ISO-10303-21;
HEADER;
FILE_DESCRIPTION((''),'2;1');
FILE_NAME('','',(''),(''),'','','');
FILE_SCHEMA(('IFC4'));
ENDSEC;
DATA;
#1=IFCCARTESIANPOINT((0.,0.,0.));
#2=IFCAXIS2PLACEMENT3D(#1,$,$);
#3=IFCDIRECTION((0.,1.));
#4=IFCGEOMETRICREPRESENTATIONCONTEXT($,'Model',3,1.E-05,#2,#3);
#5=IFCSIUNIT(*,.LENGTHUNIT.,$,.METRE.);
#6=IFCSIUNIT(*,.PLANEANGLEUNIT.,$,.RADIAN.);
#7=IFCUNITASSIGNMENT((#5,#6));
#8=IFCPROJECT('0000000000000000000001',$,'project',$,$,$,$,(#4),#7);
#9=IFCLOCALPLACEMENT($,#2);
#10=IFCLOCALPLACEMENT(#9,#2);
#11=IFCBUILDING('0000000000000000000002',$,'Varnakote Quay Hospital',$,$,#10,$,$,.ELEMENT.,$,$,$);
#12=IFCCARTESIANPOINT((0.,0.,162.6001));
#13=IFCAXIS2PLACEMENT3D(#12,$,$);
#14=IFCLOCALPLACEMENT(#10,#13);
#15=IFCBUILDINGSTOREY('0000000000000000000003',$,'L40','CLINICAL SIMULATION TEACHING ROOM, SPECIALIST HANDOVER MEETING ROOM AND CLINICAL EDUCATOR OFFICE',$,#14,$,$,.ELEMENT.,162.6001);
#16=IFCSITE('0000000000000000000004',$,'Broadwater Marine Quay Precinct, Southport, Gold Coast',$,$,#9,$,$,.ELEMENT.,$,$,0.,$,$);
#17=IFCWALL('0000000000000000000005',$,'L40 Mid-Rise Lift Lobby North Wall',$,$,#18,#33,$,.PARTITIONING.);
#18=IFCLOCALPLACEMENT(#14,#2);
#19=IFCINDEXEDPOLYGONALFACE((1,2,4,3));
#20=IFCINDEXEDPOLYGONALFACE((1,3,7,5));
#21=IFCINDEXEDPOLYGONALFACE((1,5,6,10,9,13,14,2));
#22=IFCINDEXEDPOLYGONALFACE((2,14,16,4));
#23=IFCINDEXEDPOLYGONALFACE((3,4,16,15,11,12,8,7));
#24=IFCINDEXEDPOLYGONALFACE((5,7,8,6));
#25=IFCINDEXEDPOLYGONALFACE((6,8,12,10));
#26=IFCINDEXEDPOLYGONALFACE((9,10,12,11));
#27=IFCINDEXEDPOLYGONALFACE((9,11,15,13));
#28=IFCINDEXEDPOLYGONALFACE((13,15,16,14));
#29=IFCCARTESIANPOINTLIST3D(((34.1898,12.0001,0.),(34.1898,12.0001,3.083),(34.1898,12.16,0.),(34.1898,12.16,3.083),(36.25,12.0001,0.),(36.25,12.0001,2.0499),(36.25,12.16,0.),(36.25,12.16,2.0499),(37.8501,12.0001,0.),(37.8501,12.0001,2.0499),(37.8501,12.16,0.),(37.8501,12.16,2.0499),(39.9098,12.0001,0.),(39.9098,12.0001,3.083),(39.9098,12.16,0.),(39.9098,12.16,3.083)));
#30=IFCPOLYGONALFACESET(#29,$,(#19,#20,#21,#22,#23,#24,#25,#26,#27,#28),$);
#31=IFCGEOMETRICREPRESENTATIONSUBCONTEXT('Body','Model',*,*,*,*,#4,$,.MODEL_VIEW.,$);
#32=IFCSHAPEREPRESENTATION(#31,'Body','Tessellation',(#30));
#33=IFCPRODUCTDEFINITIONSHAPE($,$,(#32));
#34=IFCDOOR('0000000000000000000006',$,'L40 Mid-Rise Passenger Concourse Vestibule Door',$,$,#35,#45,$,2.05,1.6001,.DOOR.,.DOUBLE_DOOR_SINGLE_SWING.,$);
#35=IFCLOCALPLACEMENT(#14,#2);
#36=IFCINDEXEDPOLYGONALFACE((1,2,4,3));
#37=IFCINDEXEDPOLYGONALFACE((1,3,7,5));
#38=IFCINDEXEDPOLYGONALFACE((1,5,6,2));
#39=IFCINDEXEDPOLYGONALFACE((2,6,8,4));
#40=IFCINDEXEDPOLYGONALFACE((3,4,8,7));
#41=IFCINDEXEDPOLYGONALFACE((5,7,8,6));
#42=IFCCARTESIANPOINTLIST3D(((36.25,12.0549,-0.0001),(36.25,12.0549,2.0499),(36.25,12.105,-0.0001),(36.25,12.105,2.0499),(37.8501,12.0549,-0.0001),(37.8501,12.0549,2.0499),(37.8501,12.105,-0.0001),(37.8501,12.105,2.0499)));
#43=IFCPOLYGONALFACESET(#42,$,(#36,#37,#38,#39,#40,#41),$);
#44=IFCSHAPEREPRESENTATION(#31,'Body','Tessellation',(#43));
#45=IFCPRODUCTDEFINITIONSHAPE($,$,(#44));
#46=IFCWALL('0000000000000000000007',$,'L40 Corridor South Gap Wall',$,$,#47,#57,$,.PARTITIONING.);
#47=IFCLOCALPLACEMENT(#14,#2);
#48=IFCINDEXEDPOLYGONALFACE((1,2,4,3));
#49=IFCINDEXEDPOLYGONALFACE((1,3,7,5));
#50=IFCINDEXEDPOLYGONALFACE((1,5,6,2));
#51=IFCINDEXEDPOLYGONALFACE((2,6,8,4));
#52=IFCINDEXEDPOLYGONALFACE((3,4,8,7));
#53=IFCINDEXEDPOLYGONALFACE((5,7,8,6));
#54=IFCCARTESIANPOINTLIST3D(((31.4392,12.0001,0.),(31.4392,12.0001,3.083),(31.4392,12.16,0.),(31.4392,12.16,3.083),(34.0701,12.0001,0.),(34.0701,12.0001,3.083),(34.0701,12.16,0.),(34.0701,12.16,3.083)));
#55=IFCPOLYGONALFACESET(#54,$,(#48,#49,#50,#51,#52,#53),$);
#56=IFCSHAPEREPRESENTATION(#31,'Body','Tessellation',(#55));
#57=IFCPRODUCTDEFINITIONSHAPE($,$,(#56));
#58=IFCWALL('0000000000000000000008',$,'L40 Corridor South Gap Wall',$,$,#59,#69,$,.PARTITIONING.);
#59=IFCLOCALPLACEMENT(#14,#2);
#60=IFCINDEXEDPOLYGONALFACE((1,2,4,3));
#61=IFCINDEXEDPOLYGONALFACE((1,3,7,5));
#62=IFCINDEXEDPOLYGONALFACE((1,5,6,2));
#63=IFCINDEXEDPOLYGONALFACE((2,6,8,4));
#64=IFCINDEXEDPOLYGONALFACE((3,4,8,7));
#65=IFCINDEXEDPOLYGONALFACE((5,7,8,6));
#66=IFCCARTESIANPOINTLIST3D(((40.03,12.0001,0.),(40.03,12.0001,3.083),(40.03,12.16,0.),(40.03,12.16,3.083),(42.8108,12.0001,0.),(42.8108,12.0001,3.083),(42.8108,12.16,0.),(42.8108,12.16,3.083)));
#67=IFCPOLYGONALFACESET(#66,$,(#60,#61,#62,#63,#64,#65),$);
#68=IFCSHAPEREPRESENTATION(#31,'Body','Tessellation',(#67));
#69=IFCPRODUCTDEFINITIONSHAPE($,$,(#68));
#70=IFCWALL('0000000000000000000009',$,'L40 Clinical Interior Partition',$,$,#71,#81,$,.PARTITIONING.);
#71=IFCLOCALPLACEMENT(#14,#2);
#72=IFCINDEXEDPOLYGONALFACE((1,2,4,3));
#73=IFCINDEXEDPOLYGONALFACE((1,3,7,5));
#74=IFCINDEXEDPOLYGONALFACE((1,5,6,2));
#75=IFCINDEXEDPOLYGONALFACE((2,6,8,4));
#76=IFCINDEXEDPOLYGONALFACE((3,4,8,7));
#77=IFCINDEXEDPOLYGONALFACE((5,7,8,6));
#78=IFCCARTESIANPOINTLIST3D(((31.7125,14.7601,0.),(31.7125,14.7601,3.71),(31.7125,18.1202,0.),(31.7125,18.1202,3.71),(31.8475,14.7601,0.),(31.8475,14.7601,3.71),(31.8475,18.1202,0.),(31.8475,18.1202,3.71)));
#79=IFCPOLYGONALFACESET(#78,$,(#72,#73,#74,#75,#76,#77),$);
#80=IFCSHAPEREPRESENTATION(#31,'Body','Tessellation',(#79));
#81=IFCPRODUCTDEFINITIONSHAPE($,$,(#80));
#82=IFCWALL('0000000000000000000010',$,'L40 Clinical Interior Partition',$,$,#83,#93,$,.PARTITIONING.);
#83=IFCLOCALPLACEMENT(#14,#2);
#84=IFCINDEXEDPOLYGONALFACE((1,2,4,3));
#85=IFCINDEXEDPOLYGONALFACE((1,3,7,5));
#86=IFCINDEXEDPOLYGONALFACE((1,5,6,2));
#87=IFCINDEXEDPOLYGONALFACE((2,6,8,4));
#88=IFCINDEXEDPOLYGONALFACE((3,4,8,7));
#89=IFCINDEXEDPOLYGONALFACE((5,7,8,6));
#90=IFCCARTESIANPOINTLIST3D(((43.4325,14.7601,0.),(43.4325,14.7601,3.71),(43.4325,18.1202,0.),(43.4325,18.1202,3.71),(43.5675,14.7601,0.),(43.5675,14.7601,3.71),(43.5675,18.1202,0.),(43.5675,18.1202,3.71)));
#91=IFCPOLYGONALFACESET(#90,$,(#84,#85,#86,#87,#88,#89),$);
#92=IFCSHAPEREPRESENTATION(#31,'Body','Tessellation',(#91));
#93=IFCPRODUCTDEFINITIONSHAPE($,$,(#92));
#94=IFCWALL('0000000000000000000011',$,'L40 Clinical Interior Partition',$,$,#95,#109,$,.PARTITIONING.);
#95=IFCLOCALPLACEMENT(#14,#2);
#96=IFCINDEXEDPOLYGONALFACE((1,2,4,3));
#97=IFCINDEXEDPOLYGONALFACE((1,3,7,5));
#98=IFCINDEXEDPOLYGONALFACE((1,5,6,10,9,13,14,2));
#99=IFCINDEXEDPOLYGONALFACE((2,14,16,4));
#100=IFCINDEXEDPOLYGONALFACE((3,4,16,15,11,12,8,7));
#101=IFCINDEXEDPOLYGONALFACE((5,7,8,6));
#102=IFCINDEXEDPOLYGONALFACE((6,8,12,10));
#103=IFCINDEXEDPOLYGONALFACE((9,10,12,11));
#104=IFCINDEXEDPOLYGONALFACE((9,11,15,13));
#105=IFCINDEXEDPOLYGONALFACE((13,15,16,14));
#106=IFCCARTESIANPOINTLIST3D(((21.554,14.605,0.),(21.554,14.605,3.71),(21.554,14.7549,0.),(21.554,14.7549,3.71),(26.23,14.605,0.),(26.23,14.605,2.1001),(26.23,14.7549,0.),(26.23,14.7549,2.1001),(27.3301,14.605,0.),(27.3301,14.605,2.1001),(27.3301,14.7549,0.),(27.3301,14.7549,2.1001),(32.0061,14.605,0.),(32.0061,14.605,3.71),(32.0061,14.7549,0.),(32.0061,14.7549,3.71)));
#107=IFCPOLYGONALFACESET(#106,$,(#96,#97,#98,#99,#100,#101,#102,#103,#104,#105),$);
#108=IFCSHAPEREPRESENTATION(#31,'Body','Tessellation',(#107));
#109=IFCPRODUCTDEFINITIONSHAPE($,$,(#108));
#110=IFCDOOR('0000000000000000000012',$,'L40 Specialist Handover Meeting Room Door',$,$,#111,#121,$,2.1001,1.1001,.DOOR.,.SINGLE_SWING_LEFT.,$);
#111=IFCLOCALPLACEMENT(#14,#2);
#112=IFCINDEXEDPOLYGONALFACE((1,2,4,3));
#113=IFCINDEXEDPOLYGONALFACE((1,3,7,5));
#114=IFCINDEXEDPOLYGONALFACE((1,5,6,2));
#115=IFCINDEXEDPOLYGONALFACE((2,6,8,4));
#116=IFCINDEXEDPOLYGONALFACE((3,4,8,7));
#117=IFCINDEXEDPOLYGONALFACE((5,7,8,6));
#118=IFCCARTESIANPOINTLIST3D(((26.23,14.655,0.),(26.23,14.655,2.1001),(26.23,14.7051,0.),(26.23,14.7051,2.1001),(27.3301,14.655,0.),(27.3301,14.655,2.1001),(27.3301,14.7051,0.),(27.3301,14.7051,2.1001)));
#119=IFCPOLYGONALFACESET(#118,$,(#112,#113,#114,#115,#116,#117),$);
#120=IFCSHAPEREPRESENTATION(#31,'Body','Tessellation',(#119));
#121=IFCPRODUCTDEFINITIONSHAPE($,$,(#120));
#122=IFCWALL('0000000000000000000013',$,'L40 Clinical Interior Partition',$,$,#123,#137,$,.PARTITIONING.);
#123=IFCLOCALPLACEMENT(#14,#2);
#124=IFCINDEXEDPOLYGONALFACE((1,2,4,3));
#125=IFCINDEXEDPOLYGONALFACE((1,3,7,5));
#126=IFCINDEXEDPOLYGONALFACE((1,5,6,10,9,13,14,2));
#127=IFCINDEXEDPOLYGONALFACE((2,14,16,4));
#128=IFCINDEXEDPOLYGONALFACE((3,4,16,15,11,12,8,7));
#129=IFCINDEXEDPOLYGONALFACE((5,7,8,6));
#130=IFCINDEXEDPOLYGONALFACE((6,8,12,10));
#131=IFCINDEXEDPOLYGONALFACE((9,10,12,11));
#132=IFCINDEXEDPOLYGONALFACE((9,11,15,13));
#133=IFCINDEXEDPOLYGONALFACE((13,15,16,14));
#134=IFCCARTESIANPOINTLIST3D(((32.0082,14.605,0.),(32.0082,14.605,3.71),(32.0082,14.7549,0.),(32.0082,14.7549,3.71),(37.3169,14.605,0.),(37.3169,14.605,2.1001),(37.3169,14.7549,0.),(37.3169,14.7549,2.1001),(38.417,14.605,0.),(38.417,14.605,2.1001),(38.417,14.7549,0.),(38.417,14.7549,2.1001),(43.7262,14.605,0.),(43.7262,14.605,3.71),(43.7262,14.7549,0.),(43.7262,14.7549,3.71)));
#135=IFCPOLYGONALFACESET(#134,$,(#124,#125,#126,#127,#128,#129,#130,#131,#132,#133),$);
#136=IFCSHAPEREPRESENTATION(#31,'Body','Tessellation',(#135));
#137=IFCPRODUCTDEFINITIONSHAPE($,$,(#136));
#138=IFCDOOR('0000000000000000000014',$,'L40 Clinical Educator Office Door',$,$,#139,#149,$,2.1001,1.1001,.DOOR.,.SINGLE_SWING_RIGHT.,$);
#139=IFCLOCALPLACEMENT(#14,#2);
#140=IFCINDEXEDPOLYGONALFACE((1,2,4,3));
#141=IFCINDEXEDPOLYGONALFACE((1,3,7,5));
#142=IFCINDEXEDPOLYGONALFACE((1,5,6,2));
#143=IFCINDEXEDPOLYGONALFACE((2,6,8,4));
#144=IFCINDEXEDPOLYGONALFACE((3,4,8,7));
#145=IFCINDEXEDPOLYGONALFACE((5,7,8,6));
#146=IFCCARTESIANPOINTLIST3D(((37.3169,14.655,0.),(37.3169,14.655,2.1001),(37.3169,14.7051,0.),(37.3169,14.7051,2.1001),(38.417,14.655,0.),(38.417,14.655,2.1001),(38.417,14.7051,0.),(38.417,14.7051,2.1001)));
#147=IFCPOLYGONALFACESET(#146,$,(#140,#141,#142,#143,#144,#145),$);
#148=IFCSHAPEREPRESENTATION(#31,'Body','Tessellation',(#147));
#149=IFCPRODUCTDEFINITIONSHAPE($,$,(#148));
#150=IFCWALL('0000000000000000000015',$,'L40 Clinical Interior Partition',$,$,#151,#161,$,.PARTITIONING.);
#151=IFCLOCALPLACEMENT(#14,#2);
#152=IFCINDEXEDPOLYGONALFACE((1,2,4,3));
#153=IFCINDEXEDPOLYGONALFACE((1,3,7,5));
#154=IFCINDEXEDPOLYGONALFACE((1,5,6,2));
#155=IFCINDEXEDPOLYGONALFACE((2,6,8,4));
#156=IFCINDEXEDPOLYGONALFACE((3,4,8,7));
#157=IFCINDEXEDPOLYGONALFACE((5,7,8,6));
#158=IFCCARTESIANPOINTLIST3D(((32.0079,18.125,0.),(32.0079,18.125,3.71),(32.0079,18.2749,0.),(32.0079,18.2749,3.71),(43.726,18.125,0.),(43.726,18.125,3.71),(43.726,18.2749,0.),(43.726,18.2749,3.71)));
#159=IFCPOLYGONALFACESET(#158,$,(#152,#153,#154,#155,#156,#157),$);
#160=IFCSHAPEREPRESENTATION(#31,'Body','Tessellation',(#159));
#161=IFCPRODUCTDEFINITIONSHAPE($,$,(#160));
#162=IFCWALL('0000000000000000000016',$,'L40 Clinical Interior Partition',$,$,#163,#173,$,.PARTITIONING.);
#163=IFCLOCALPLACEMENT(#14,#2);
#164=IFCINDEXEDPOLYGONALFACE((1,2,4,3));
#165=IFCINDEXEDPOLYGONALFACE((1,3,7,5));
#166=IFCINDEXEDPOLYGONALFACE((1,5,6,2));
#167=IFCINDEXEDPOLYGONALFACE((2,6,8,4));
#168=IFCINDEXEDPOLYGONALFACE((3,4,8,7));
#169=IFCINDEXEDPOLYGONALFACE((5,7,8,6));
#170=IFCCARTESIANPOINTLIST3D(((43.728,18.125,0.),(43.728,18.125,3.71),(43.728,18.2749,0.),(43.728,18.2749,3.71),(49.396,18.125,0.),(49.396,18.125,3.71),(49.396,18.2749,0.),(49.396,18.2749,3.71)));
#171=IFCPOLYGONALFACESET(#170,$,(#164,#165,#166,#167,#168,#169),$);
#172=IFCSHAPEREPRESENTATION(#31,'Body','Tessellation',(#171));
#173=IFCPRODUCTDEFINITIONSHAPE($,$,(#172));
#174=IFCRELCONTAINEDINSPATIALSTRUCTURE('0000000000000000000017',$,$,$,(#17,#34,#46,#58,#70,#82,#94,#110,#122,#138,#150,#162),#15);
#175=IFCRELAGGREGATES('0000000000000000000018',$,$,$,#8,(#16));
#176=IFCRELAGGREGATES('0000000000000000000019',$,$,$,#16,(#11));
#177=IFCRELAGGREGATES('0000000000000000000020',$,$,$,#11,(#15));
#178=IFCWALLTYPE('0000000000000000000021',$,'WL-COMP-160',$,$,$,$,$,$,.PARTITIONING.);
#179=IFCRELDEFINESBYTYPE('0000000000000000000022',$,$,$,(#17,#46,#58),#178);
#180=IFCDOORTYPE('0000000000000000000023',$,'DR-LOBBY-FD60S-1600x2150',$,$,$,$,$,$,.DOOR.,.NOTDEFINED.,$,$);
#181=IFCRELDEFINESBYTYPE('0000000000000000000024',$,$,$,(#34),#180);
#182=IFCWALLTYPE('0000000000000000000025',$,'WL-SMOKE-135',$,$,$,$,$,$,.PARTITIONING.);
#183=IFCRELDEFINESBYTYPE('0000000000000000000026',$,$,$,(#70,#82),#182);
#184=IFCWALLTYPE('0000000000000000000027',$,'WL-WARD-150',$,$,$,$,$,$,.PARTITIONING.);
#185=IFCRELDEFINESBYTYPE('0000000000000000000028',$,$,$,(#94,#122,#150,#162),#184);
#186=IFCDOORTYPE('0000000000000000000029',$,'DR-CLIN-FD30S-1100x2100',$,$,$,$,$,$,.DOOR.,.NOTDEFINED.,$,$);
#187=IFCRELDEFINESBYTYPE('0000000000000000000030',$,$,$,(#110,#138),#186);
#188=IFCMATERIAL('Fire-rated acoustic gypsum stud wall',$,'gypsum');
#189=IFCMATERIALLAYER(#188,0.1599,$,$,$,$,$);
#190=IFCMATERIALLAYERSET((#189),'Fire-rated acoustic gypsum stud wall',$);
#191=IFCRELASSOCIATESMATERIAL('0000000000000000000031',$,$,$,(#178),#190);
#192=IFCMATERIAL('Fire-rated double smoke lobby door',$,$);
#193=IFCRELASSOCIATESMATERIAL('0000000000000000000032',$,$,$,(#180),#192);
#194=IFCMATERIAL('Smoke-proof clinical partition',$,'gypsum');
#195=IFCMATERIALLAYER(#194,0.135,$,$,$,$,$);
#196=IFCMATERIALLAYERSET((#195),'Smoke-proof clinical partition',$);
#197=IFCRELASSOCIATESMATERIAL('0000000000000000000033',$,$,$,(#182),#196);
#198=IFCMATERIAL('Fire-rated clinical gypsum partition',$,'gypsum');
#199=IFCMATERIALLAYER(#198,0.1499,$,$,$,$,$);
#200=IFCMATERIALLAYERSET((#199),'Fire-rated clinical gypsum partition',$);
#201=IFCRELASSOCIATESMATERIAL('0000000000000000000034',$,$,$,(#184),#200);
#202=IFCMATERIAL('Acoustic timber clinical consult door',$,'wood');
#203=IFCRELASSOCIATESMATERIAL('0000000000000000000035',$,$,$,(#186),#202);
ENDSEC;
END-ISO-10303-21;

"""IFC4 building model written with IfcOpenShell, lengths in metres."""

from ifc_helpers import new_model, si_unit, direction, frame, frame_2d, origin, place, context, subcontext, project, spatial, rectangle, extrude, material, layer, layer_set, type_object, element, fill, save


model = new_model("IFC4")

# Units and contexts
model_context = context("Model", 3, precision=1e-05, world=origin(), true_north=direction((0.0, 1.0)))
body_context = subcontext(model_context, "Body", "Model", "MODEL_VIEW")
ifc_project = project(units=[si_unit("LENGTHUNIT", "METRE"), si_unit("PLANEANGLEUNIT", "RADIAN")], contexts=[model_context])

# Site, building, storey
site_placement = place(None, origin())
site = spatial("IfcSite", under=ifc_project, at=site_placement, Name="Broadwater Marine Quay Precinct, Southport, Gold Coast", CompositionType="ELEMENT", RefElevation=0.0)
building_placement = place(site_placement, origin())
building = spatial("IfcBuilding", under=site, at=building_placement, Name="Varnakote Quay Hospital", CompositionType="ELEMENT")
storey_placement = place(building_placement, frame((0.0, 0.0, 162.6001)))
storey = spatial("IfcBuildingStorey", under=building, at=storey_placement, Name="L40", Description="CLINICAL SIMULATION TEACHING ROOM, SPECIALIST HANDOVER MEETING ROOM AND CLINICAL EDUCATOR OFFICE", CompositionType="ELEMENT", Elevation=162.6001)

# Wall, opening, door
ifc_material_1 = material(Name="Fire-rated acoustic gypsum stud wall", Category="gypsum")
ifc_layer_1 = layer(ifc_material_1, 0.1599)
ifc_layer_set_1 = layer_set([ifc_layer_1], Name="Fire-rated acoustic gypsum stud wall")
wall_type_1 = type_object("IfcWallType", Name="WL-COMP-160", PredefinedType="PARTITIONING", material=ifc_layer_set_1)
wall_1_placement = place(storey_placement, frame((34.1899, 12.0801, 0.0), z_axis=(0.0, 0.0, 1.0), x_axis=(1.0, 0.0, 0.0)))
wall_1 = element("IfcWall", 1, at=wall_1_placement, inside=storey, type_object=wall_type_1, Name="L40 Mid-Rise Lift Lobby North Wall", PredefinedType="PARTITIONING", context=body_context, shape_type="SweptSolid", body=[
    extrude(rectangle(XDim=5.72, YDim=0.1599, at=frame_2d((2.8599, 0.0))), origin(), (0.0, 0.0, 1.0), 3.083),
])
opening_1_placement = place(wall_1_placement, frame((2.0601, 0.0, 0.0)))
opening_1 = element("IfcOpeningElement", 2, at=opening_1_placement, cuts=wall_1, PredefinedType="OPENING", context=body_context, shape_type="SweptSolid", body=[
    extrude(rectangle(XDim=1.6001, YDim=2.05, at=frame_2d((0.8, 1.0249))), frame((0.0, 0.0898, 0.0), z_axis=(0.0, -1.0, 0.0), x_axis=(1.0, 0.0, 0.0)), (0.0, 0.0, 1.0), 0.1799),
])
ifc_material_2 = material(Name="Fire-rated double smoke lobby door")
door_type_1 = type_object("IfcDoorType", Name="DR-LOBBY-FD60S-1600x2150", OperationType="NOTDEFINED", PredefinedType="DOOR", material=ifc_material_2)
door_1_placement = place(opening_1_placement, origin())
door_1 = element("IfcDoor", 3, at=door_1_placement, inside=storey, type_object=door_type_1, Name="L40 Mid-Rise Passenger Concourse Vestibule Door", OperationType="DOUBLE_DOOR_SINGLE_SWING", OverallHeight=2.05, OverallWidth=1.6001, PredefinedType="DOOR", context=body_context, shape_type="SweptSolid", body=[
    extrude(rectangle(XDim=1.6001, YDim=2.05, at=frame_2d((0.8, 1.0249))), frame((0.0, 0.0249, 0.0), z_axis=(0.0, -1.0, 0.0), x_axis=(1.0, 0.0, 0.0)), (0.0, 0.0, 1.0), 0.05),
])
fill(opening_1, door_1)

# Walls
wall_2_placement = place(storey_placement, frame((31.4392, 12.0801, 0.0), z_axis=(0.0, 0.0, 1.0), x_axis=(1.0, 0.0, 0.0)))
element("IfcWall", 4, at=wall_2_placement, inside=storey, type_object=wall_type_1, Name="L40 Corridor South Gap Wall", PredefinedType="PARTITIONING", context=body_context, shape_type="SweptSolid", body=[
    extrude(rectangle(XDim=2.6309, YDim=0.1599, at=frame_2d((1.3154, 0.0))), origin(), (0.0, 0.0, 1.0), 3.083),
])
wall_3_placement = place(storey_placement, frame((40.03, 12.0801, 0.0), z_axis=(0.0, 0.0, 1.0), x_axis=(1.0, 0.0, 0.0)))
element("IfcWall", 5, at=wall_3_placement, inside=storey, type_object=wall_type_1, Name="L40 Corridor South Gap Wall", PredefinedType="PARTITIONING", context=body_context, shape_type="SweptSolid", body=[
    extrude(rectangle(XDim=2.7808, YDim=0.1599, at=frame_2d((1.3904, 0.0))), origin(), (0.0, 0.0, 1.0), 3.083),
])

# Walls
ifc_material_3 = material(Name="Smoke-proof clinical partition", Category="gypsum")
ifc_layer_2 = layer(ifc_material_3, 0.135)
ifc_layer_set_2 = layer_set([ifc_layer_2], Name="Smoke-proof clinical partition")
wall_type_2 = type_object("IfcWallType", Name="WL-SMOKE-135", PredefinedType="PARTITIONING", material=ifc_layer_set_2)
for number, where, z_axis, x_axis, name in (
    (6, (31.78, 14.76, 0.0), (0.0, 0.0, 1.0), (0.0, 1.0, 0.0), "L40 Clinical Interior Partition"),
    (7, (43.5, 14.76, 0.0), (0.0, 0.0, 1.0), (0.0, 1.0, 0.0), "L40 Clinical Interior Partition"),
):
    element("IfcWall", number, at=place(storey_placement, frame(where, z_axis=z_axis, x_axis=x_axis)), inside=storey, type_object=wall_type_2, Name=name, PredefinedType="PARTITIONING", context=body_context, shape_type="SweptSolid", body=[
        extrude(rectangle(XDim=3.3601, YDim=0.135, at=frame_2d((1.6802, 0.0))), origin(), (0.0, 0.0, 1.0), 3.71),
    ])

# Walls, openings, doors
ifc_material_4 = material(Name="Fire-rated clinical gypsum partition", Category="gypsum")
ifc_layer_3 = layer(ifc_material_4, 0.1499)
ifc_layer_set_3 = layer_set([ifc_layer_3], Name="Fire-rated clinical gypsum partition")
wall_type_3 = type_object("IfcWallType", Name="WL-WARD-150", PredefinedType="PARTITIONING", material=ifc_layer_set_3)
wall_4_placement = place(storey_placement, frame((32.0061, 14.6799, 0.0), z_axis=(0.0, 0.0, 1.0), x_axis=(-1.0, 0.0, 0.0)))
wall_4 = element("IfcWall", 8, at=wall_4_placement, inside=storey, type_object=wall_type_3, Name="L40 Clinical Interior Partition", PredefinedType="PARTITIONING", context=body_context, shape_type="SweptSolid", body=[
    extrude(rectangle(XDim=10.4521, YDim=0.1499, at=frame_2d((5.2261, 0.0))), origin(), (0.0, 0.0, 1.0), 3.71),
])
opening_2_placement = place(wall_4_placement, frame((4.676, 0.0, 0.0)))
opening_2 = element("IfcOpeningElement", 9, at=opening_2_placement, cuts=wall_4, PredefinedType="OPENING", context=body_context, shape_type="SweptSolid", body=[
    extrude(rectangle(XDim=1.1001, YDim=2.1001, at=frame_2d((0.55, 1.05))), frame((0.0, 0.085, 0.0), z_axis=(0.0, -1.0, 0.0), x_axis=(1.0, 0.0, 0.0)), (0.0, 0.0, 1.0), 0.1699),
])
ifc_material_5 = material(Name="Acoustic timber clinical consult door", Category="wood")
door_type_2 = type_object("IfcDoorType", Name="DR-CLIN-FD30S-1100x2100", OperationType="NOTDEFINED", PredefinedType="DOOR", material=ifc_material_5)
door_2_placement = place(opening_2_placement, origin())
door_2 = element("IfcDoor", 10, at=door_2_placement, inside=storey, type_object=door_type_2, Name="L40 Specialist Handover Meeting Room Door", OperationType="SINGLE_SWING_LEFT", OverallHeight=2.1001, OverallWidth=1.1001, PredefinedType="DOOR", context=body_context, shape_type="SweptSolid", body=[
    extrude(rectangle(XDim=1.1001, YDim=2.1001, at=frame_2d((0.55, 1.05))), frame((0.0, 0.0249, 0.0), z_axis=(0.0, -1.0, 0.0), x_axis=(1.0, 0.0, 0.0)), (0.0, 0.0, 1.0), 0.05),
])
fill(opening_2, door_2)
wall_5_placement = place(storey_placement, frame((43.7261, 14.6799, 0.0), z_axis=(0.0, 0.0, 1.0), x_axis=(-1.0, 0.0, 0.0)))
wall_5 = element("IfcWall", 11, at=wall_5_placement, inside=storey, type_object=wall_type_3, Name="L40 Clinical Interior Partition", PredefinedType="PARTITIONING", context=body_context, shape_type="SweptSolid", body=[
    extrude(rectangle(XDim=11.718, YDim=0.1499, at=frame_2d((5.8589, 0.0))), origin(), (0.0, 0.0, 1.0), 3.71),
])
opening_3_placement = place(wall_5_placement, frame((5.3091, 0.0, 0.0)))
opening_3 = element("IfcOpeningElement", 12, at=opening_3_placement, cuts=wall_5, PredefinedType="OPENING", context=body_context, shape_type="SweptSolid", body=[
    extrude(rectangle(XDim=1.1001, YDim=2.1001, at=frame_2d((0.55, 1.05))), frame((0.0, 0.085, 0.0), z_axis=(0.0, -1.0, 0.0), x_axis=(1.0, 0.0, 0.0)), (0.0, 0.0, 1.0), 0.1699),
])
door_3_placement = place(opening_3_placement, origin())
door_3 = element("IfcDoor", 13, at=door_3_placement, inside=storey, type_object=door_type_2, Name="L40 Clinical Educator Office Door", OperationType="SINGLE_SWING_RIGHT", OverallHeight=2.1001, OverallWidth=1.1001, PredefinedType="DOOR", context=body_context, shape_type="SweptSolid", body=[
    extrude(rectangle(XDim=1.1001, YDim=2.1001, at=frame_2d((0.55, 1.05))), frame((0.0, 0.0249, 0.0), z_axis=(0.0, -1.0, 0.0), x_axis=(1.0, 0.0, 0.0)), (0.0, 0.0, 1.0), 0.05),
])
fill(opening_3, door_3)

# Walls
wall_6_placement = place(storey_placement, frame((32.0081, 18.2, 0.0), z_axis=(0.0, 0.0, 1.0), x_axis=(1.0, 0.0, 0.0)))
element("IfcWall", 14, at=wall_6_placement, inside=storey, type_object=wall_type_3, Name="L40 Clinical Interior Partition", PredefinedType="PARTITIONING", context=body_context, shape_type="SweptSolid", body=[
    extrude(rectangle(XDim=11.718, YDim=0.1499, at=frame_2d((5.8589, 0.0))), origin(), (0.0, 0.0, 1.0), 3.71),
])
wall_7_placement = place(storey_placement, frame((43.728, 18.2, 0.0), z_axis=(0.0, 0.0, 1.0), x_axis=(1.0, 0.0, 0.0)))
element("IfcWall", 15, at=wall_7_placement, inside=storey, type_object=wall_type_3, Name="L40 Clinical Interior Partition", PredefinedType="PARTITIONING", context=body_context, shape_type="SweptSolid", body=[
    extrude(rectangle(XDim=5.668, YDim=0.1499, at=frame_2d((2.834, 0.0))), origin(), (0.0, 0.0, 1.0), 3.71),
])

save(model, "model.ifc")
